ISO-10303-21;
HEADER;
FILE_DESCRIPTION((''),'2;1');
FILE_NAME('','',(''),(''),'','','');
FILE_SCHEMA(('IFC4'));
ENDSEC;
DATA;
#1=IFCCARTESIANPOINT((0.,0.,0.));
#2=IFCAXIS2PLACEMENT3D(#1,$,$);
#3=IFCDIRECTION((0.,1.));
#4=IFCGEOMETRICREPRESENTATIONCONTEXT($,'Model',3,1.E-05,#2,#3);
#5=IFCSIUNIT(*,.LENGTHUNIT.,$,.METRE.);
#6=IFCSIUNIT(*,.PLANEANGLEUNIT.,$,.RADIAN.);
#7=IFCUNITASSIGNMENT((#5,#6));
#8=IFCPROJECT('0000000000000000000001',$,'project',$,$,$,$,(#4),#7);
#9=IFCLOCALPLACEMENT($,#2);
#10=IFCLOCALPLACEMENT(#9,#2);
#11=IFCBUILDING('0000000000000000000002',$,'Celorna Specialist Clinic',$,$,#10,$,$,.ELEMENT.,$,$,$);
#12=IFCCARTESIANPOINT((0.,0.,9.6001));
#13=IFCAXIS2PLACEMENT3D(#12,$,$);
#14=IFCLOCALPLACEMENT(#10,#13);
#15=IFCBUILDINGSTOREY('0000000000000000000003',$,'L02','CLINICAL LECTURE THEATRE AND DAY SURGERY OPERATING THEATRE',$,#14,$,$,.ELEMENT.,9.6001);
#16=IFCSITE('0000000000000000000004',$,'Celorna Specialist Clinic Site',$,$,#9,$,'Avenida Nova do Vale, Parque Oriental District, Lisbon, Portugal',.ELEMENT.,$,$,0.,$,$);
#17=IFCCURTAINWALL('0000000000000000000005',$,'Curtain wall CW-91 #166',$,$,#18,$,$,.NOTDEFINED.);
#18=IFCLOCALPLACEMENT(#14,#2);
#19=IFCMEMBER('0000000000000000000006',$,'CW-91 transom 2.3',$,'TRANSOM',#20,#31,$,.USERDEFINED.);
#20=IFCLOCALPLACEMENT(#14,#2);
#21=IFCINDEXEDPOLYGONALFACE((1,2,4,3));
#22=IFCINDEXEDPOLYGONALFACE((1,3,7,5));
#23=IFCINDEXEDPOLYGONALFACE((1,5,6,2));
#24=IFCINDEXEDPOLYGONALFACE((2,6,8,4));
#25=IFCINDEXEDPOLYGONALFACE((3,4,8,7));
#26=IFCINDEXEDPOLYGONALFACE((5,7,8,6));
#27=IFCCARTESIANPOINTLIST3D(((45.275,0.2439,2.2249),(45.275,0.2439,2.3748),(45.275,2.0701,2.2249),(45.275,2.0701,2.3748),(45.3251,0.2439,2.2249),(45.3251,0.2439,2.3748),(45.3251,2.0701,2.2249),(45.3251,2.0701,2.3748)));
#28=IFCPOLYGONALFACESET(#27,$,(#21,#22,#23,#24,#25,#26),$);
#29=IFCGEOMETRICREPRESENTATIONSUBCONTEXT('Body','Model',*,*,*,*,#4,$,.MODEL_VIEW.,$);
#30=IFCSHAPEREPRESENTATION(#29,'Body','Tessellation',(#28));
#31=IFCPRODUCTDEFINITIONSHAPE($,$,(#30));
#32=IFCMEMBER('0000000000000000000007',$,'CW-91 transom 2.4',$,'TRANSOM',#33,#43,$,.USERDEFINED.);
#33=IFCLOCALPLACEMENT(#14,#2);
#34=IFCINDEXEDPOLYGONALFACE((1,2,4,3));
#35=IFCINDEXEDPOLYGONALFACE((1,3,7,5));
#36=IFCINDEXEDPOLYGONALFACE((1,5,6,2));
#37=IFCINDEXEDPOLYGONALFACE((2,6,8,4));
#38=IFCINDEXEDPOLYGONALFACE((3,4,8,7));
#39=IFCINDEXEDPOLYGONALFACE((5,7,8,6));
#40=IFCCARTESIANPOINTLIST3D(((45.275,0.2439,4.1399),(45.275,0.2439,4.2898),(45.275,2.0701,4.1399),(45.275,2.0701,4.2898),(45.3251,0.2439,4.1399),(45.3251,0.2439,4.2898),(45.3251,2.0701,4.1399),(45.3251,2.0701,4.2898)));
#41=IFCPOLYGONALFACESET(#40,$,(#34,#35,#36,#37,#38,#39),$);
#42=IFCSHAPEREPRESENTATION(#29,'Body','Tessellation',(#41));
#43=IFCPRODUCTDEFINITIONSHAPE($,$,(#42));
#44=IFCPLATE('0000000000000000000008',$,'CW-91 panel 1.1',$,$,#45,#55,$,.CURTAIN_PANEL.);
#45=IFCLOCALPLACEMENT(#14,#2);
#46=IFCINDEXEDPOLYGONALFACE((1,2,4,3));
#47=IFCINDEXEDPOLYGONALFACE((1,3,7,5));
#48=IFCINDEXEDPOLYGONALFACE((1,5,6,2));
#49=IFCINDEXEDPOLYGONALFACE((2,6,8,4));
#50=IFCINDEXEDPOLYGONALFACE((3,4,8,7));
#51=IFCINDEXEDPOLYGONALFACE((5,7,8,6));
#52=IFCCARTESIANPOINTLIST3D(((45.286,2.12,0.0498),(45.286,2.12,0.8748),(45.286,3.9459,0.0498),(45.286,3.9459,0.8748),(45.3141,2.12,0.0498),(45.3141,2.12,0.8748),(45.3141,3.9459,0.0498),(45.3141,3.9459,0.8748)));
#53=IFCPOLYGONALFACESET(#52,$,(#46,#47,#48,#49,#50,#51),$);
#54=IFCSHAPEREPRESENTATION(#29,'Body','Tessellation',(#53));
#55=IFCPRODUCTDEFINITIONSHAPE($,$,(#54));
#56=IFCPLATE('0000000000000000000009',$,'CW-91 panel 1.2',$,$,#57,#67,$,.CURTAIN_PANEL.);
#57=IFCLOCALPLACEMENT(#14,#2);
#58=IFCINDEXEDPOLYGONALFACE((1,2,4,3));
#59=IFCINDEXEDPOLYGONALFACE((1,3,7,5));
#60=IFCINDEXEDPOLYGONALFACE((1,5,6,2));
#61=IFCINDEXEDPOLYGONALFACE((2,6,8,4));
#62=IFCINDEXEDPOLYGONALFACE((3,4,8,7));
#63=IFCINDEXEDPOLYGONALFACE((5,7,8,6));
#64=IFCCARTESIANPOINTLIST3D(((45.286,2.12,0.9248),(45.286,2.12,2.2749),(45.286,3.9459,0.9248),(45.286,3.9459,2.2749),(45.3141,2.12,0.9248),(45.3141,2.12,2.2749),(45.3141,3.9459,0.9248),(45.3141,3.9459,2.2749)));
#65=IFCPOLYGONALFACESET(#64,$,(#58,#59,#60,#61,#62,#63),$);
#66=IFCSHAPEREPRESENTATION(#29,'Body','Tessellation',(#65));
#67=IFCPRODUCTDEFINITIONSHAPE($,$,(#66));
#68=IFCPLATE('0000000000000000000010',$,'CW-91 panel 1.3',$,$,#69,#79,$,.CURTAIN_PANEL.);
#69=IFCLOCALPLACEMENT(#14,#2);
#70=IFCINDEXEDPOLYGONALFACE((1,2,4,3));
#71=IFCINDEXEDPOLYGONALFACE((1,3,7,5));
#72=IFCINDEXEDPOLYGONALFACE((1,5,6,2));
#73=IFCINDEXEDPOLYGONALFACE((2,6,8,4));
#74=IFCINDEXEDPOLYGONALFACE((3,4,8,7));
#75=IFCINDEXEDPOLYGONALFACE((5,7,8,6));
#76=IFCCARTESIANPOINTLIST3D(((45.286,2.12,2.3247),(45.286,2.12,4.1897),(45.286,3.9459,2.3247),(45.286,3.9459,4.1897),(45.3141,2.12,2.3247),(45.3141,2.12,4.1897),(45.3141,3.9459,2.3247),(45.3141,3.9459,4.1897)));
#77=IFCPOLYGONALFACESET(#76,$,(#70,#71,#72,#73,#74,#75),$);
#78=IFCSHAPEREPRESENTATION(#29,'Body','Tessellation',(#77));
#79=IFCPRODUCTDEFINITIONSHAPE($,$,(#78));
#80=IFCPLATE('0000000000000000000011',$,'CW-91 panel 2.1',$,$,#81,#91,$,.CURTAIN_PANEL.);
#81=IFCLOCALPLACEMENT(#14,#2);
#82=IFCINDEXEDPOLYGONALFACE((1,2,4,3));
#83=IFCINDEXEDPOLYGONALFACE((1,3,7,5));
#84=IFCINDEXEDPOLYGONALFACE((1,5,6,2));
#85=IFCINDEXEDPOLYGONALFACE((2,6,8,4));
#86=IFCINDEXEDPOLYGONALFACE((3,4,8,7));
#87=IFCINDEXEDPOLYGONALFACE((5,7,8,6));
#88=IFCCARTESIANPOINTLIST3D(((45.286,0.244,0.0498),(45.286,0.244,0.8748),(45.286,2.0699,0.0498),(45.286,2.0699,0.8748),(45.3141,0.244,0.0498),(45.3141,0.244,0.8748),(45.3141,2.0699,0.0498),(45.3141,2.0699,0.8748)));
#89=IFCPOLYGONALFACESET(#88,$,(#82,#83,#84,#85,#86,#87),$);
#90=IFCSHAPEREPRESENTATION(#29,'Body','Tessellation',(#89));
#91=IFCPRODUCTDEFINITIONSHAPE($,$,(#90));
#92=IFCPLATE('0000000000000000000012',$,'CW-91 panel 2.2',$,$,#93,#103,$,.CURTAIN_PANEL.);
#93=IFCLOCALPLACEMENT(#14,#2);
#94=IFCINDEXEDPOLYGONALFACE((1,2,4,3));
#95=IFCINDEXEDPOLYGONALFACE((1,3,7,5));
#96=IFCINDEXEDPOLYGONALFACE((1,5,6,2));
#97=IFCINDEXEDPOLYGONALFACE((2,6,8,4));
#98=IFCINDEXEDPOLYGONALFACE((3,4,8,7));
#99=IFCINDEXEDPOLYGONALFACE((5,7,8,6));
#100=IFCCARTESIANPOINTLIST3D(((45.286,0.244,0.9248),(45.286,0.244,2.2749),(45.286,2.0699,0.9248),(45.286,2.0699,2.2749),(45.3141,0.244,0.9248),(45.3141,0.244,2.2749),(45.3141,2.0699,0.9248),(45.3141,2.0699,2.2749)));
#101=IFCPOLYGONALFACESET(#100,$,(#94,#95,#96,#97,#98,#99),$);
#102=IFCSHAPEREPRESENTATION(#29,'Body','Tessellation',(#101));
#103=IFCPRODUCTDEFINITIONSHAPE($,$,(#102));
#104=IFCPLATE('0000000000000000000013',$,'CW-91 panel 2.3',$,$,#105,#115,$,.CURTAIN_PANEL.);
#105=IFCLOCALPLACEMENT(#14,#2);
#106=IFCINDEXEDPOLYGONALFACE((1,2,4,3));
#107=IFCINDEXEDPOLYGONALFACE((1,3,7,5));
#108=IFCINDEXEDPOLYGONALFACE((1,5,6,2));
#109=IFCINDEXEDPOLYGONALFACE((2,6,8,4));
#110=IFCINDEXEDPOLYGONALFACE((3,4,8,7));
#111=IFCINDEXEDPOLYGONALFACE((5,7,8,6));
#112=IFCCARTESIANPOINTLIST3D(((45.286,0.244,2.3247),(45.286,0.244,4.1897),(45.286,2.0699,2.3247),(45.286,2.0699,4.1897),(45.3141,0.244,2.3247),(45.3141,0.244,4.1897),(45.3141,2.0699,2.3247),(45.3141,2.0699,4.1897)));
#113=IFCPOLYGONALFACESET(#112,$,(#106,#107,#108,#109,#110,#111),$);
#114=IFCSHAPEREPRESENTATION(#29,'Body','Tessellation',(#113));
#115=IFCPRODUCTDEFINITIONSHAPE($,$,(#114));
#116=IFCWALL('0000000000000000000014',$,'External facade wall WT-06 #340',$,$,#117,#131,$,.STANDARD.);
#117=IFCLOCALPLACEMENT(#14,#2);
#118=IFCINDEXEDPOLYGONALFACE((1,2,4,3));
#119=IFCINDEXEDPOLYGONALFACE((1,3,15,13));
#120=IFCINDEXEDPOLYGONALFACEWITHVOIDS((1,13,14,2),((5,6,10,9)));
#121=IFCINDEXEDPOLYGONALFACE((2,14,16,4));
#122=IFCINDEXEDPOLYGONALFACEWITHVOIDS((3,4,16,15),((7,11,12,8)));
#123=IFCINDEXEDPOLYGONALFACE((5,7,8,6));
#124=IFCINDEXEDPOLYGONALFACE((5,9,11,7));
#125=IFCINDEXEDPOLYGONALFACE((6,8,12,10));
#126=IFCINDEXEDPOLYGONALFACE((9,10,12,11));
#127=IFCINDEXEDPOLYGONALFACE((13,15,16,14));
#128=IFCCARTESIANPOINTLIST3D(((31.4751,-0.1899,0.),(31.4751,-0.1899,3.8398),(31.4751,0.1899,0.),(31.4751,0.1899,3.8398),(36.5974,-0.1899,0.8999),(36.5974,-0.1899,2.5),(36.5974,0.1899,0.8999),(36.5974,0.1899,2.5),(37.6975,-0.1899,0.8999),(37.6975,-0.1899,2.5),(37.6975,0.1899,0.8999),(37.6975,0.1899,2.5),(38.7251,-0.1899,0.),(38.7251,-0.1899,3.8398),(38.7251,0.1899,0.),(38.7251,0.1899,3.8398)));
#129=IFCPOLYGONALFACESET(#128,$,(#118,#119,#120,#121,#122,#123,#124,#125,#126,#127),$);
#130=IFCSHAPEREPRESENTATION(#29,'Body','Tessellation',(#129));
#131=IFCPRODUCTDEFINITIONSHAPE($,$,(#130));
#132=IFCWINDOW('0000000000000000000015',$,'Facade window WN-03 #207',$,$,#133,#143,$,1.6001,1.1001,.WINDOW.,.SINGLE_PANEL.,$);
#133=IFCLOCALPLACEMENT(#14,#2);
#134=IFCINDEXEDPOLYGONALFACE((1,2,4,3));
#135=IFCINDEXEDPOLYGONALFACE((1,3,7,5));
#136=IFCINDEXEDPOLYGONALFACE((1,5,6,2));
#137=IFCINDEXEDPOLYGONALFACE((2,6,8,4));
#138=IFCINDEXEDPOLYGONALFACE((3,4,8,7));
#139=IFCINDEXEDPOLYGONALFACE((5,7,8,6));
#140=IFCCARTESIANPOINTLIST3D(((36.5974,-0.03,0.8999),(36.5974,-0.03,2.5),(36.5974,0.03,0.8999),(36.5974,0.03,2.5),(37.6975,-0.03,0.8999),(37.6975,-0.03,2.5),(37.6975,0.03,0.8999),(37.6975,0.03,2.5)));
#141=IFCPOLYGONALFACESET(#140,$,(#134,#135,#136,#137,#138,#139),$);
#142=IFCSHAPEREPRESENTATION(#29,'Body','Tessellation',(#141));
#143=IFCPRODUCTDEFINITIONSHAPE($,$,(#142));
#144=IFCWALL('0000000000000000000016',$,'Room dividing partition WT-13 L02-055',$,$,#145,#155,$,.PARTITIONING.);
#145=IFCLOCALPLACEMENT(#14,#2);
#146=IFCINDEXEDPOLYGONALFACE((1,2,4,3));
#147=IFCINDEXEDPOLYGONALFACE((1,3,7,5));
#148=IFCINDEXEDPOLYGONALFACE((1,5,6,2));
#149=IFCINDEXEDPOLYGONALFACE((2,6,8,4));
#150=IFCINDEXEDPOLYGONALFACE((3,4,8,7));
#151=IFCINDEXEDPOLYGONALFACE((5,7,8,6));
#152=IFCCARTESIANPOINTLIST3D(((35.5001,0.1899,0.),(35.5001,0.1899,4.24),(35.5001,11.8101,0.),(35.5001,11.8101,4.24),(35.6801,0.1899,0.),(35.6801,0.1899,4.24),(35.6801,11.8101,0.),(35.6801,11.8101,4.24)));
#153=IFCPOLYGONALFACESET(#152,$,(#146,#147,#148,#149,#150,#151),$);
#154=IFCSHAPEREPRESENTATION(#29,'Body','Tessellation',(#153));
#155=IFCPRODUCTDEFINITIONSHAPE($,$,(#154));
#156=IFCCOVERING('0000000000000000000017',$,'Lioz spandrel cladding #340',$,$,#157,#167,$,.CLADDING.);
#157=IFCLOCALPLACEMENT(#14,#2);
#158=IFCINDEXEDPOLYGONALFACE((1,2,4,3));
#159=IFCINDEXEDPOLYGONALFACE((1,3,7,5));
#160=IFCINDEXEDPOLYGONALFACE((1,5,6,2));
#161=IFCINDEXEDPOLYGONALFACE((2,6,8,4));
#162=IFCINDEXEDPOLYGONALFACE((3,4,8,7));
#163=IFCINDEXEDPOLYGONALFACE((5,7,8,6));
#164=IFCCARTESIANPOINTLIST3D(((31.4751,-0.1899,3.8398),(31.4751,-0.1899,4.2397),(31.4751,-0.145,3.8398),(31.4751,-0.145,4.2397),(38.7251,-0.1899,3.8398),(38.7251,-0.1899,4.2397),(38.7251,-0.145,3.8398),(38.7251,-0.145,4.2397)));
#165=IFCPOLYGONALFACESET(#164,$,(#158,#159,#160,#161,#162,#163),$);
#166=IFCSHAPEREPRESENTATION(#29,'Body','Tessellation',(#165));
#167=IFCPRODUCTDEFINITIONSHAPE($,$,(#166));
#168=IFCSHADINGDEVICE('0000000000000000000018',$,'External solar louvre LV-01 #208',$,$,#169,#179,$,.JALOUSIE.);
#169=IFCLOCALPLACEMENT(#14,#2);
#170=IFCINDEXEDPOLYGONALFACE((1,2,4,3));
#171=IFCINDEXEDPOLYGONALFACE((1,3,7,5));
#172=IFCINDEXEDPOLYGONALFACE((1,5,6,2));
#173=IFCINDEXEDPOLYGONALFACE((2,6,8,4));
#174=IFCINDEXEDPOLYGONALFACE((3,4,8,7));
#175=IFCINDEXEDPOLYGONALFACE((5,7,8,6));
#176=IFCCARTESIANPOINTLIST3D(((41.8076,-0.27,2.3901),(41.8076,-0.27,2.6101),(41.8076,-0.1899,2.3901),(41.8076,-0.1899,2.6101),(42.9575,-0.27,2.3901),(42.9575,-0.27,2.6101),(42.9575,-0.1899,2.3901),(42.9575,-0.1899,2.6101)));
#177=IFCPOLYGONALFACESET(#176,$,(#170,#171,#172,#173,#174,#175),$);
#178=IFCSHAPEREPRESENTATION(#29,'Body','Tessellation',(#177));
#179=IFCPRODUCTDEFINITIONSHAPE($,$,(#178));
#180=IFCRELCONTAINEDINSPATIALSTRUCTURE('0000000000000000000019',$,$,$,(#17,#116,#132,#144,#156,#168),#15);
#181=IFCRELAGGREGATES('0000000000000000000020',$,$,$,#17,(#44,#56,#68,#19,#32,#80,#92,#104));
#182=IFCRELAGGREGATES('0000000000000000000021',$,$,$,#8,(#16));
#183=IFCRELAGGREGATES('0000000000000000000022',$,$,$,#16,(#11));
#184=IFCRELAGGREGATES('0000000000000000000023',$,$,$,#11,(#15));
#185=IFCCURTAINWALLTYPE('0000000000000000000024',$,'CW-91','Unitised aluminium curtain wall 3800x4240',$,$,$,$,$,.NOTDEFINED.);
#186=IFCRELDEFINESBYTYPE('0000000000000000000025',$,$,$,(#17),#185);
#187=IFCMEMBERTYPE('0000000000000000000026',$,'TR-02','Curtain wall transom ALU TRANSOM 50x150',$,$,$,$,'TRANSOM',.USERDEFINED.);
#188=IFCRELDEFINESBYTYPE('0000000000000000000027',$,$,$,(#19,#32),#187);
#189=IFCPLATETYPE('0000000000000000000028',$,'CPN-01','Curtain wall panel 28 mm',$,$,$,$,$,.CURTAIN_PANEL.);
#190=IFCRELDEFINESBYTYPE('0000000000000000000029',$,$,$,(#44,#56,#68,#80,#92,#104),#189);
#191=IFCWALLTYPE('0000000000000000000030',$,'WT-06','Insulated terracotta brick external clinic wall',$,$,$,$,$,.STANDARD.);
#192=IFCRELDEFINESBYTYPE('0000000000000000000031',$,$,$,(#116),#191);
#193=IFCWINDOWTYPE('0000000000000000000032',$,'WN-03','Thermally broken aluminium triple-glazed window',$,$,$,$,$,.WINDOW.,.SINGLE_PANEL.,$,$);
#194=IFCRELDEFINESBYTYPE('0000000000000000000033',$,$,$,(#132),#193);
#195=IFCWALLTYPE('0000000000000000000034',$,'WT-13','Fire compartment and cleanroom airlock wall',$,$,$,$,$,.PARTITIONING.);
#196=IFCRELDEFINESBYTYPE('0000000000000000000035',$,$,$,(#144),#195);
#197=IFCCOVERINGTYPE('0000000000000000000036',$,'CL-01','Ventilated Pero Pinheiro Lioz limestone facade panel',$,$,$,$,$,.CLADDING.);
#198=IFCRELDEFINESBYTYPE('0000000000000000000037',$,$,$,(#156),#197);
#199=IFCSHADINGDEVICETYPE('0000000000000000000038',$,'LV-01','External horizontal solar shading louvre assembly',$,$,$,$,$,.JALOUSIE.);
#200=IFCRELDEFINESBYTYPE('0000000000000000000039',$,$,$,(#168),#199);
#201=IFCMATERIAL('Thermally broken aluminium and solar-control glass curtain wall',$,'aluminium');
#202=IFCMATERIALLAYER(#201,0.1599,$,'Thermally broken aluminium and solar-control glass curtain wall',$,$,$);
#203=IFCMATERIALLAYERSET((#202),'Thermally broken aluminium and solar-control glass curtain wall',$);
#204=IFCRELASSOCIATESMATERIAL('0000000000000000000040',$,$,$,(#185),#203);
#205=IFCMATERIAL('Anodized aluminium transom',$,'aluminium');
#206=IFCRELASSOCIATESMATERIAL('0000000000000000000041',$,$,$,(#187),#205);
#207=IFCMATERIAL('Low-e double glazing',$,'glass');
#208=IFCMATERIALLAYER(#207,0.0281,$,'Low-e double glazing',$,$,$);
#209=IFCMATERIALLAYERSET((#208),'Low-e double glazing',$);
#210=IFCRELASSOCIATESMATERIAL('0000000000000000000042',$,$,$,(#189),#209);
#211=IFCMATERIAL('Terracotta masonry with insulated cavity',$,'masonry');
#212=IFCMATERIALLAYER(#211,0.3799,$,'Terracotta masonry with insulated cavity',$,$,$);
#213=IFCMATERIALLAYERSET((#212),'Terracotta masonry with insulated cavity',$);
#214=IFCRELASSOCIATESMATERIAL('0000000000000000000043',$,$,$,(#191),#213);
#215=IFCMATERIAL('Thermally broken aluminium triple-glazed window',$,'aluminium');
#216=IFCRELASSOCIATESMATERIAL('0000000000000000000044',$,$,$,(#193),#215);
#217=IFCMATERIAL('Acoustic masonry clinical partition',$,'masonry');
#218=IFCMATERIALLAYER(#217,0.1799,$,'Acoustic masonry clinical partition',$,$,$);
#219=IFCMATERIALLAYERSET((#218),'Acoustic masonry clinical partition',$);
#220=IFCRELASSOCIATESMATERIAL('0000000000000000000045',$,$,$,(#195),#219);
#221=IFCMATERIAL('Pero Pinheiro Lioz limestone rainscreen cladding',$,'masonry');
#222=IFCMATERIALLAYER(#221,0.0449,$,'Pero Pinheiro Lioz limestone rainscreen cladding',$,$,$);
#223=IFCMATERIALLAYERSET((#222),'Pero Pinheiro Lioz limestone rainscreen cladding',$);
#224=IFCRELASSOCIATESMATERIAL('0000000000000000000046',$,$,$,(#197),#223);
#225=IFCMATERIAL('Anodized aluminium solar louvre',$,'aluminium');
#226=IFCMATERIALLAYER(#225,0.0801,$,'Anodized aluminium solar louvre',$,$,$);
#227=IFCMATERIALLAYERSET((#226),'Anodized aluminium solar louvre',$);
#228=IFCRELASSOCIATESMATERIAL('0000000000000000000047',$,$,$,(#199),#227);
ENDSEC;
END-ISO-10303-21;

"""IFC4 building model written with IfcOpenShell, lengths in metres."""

from ifc_helpers import new_model, si_unit, direction, frame, frame_2d, origin, origin_2d, place, context, subcontext, project, spatial, rectangle, extrude, material, layer, layer_set, material_profile, profile_set, type_object, element, fill, aggregate, save


model = new_model("IFC4")

# Units and contexts
model_context = context("Model", 3, precision=1e-05, world=origin(), true_north=direction((0.0, 1.0)))
body_context = subcontext(model_context, "Body", "Model", "MODEL_VIEW")
ifc_project = project(units=[si_unit("LENGTHUNIT", "METRE"), si_unit("PLANEANGLEUNIT", "RADIAN")], contexts=[model_context])

# Site, building, storey
site_placement = place(None, origin())
site = spatial("IfcSite", under=ifc_project, at=site_placement, Name="Celorna Specialist Clinic Site", LongName="Avenida Nova do Vale, Parque Oriental District, Lisbon, Portugal", CompositionType="ELEMENT", RefElevation=0.0)
building_placement = place(site_placement, origin())
building = spatial("IfcBuilding", under=site, at=building_placement, Name="Celorna Specialist Clinic", CompositionType="ELEMENT")
storey_placement = place(building_placement, frame((0.0, 0.0, 9.6001)))
storey = spatial("IfcBuildingStorey", under=building, at=storey_placement, Name="L02", Description="CLINICAL LECTURE THEATRE AND DAY SURGERY OPERATING THEATRE", CompositionType="ELEMENT", Elevation=9.6001)

# Curtain wall, members, plates
ifc_material_1 = material(Name="Thermally broken aluminium and solar-control glass curtain wall", Category="aluminium")
ifc_layer_1 = layer(ifc_material_1, 0.1599, Name="Thermally broken aluminium and solar-control glass curtain wall")
ifc_layer_set_1 = layer_set([ifc_layer_1], Name="Thermally broken aluminium and solar-control glass curtain wall")
curtain_wall_type = type_object("IfcCurtainWallType", Name="CW-91", Description="Unitised aluminium curtain wall 3800x4240", PredefinedType="NOTDEFINED", material=ifc_layer_set_1)
curtain_wall_placement = place(storey_placement, origin())
curtain_wall = element("IfcCurtainWall", 1, at=curtain_wall_placement, inside=storey, type_object=curtain_wall_type, Name="Curtain wall CW-91 #166", PredefinedType="NOTDEFINED")
ifc_material_2 = material(Name="Anodized aluminium transom", Category="aluminium")
ifc_material_profile_1 = material_profile(ifc_material_2, rectangle(XDim=0.05, YDim=0.1499, at=origin_2d()), Name="ALU TRANSOM 50x150")
ifc_profile_set_1 = profile_set([ifc_material_profile_1], Name="Anodized aluminium transom")
member_type_1 = type_object("IfcMemberType", Name="TR-02", Description="Curtain wall transom ALU TRANSOM 50x150", ElementType="TRANSOM", PredefinedType="USERDEFINED", material=ifc_profile_set_1)
member_1_placement = place(storey_placement, frame((45.3, 2.0701, 2.2998), z_axis=(0.0, -1.0, 0.0), x_axis=(1.0, 0.0, 0.0)))
member_1 = element("IfcMember", 2, at=member_1_placement, type_object=member_type_1, Name="CW-91 transom 2.3", ObjectType="TRANSOM", PredefinedType="USERDEFINED", context=body_context, shape_type="SweptSolid", body=[
    extrude(rectangle(XDim=0.05, YDim=0.1499, at=origin_2d()), origin(), (0.0, 0.0, 1.0), 1.8262),
])
member_2_placement = place(storey_placement, frame((45.3, 2.0701, 4.2148), z_axis=(0.0, -1.0, 0.0), x_axis=(1.0, 0.0, 0.0)))
member_2 = element("IfcMember", 3, at=member_2_placement, type_object=member_type_1, Name="CW-91 transom 2.4", ObjectType="TRANSOM", PredefinedType="USERDEFINED", context=body_context, shape_type="SweptSolid", body=[
    extrude(rectangle(XDim=0.05, YDim=0.1499, at=origin_2d()), origin(), (0.0, 0.0, 1.0), 1.8262),
])
ifc_material_3 = material(Name="Low-e double glazing", Category="glass")
ifc_layer_2 = layer(ifc_material_3, 0.0281, Name="Low-e double glazing")
ifc_layer_set_2 = layer_set([ifc_layer_2], Name="Low-e double glazing")
plate_type = type_object("IfcPlateType", Name="CPN-01", Description="Curtain wall panel 28 mm", PredefinedType="CURTAIN_PANEL", material=ifc_layer_set_2)
plate_1_placement = place(storey_placement, frame((45.3, 3.033, 0.0498), z_axis=(0.0, 0.0, 1.0), x_axis=(0.0, -1.0, 0.0)))
plate_1 = element("IfcPlate", 4, at=plate_1_placement, type_object=plate_type, Name="CW-91 panel 1.1", PredefinedType="CURTAIN_PANEL", context=body_context, shape_type="SweptSolid", body=[
    extrude(rectangle(XDim=1.8259, YDim=0.0281, at=origin_2d()), origin(), (0.0, 0.0, 1.0), 0.825),
])
plate_2_placement = place(storey_placement, frame((45.3, 3.033, 0.9248), z_axis=(0.0, 0.0, 1.0), x_axis=(0.0, -1.0, 0.0)))
plate_2 = element("IfcPlate", 5, at=plate_2_placement, type_object=plate_type, Name="CW-91 panel 1.2", PredefinedType="CURTAIN_PANEL", context=body_context, shape_type="SweptSolid", body=[
    extrude(rectangle(XDim=1.8259, YDim=0.0281, at=origin_2d()), origin(), (0.0, 0.0, 1.0), 1.3501),
])
plate_3_placement = place(storey_placement, frame((45.3, 3.033, 2.3247), z_axis=(0.0, 0.0, 1.0), x_axis=(0.0, -1.0, 0.0)))
plate_3 = element("IfcPlate", 6, at=plate_3_placement, type_object=plate_type, Name="CW-91 panel 1.3", PredefinedType="CURTAIN_PANEL", context=body_context, shape_type="SweptSolid", body=[
    extrude(rectangle(XDim=1.8259, YDim=0.0281, at=origin_2d()), origin(), (0.0, 0.0, 1.0), 1.865),
])
plate_4_placement = place(storey_placement, frame((45.3, 1.157, 0.0498), z_axis=(0.0, 0.0, 1.0), x_axis=(0.0, -1.0, 0.0)))
plate_4 = element("IfcPlate", 7, at=plate_4_placement, type_object=plate_type, Name="CW-91 panel 2.1", PredefinedType="CURTAIN_PANEL", context=body_context, shape_type="SweptSolid", body=[
    extrude(rectangle(XDim=1.8259, YDim=0.0281, at=origin_2d()), origin(), (0.0, 0.0, 1.0), 0.825),
])
plate_5_placement = place(storey_placement, frame((45.3, 1.157, 0.9248), z_axis=(0.0, 0.0, 1.0), x_axis=(0.0, -1.0, 0.0)))
plate_5 = element("IfcPlate", 8, at=plate_5_placement, type_object=plate_type, Name="CW-91 panel 2.2", PredefinedType="CURTAIN_PANEL", context=body_context, shape_type="SweptSolid", body=[
    extrude(rectangle(XDim=1.8259, YDim=0.0281, at=origin_2d()), origin(), (0.0, 0.0, 1.0), 1.3501),
])
plate_6_placement = place(storey_placement, frame((45.3, 1.157, 2.3247), z_axis=(0.0, 0.0, 1.0), x_axis=(0.0, -1.0, 0.0)))
plate_6 = element("IfcPlate", 9, at=plate_6_placement, type_object=plate_type, Name="CW-91 panel 2.3", PredefinedType="CURTAIN_PANEL", context=body_context, shape_type="SweptSolid", body=[
    extrude(rectangle(XDim=1.8259, YDim=0.0281, at=origin_2d()), origin(), (0.0, 0.0, 1.0), 1.865),
])
aggregate(curtain_wall, [plate_1, plate_2, plate_3, member_1, member_2, plate_4, plate_5, plate_6])

# Wall, opening, window
ifc_material_4 = material(Name="Terracotta masonry with insulated cavity", Category="masonry")
ifc_layer_3 = layer(ifc_material_4, 0.3799, Name="Terracotta masonry with insulated cavity")
ifc_layer_set_3 = layer_set([ifc_layer_3], Name="Terracotta masonry with insulated cavity")
wall_type_1 = type_object("IfcWallType", Name="WT-06", Description="Insulated terracotta brick external clinic wall", PredefinedType="STANDARD", material=ifc_layer_set_3)
wall_1_placement = place(storey_placement, frame((38.7251, 0.0, 0.0), z_axis=(0.0, 0.0, 1.0), x_axis=(-1.0, 0.0, 0.0)))
wall_1 = element("IfcWall", 10, at=wall_1_placement, inside=storey, type_object=wall_type_1, Name="External facade wall WT-06 #340", PredefinedType="STANDARD", context=body_context, shape_type="SweptSolid", body=[
    extrude(rectangle(XDim=7.25, YDim=0.3799, at=frame_2d((3.625, 0.0))), origin(), (0.0, 0.0, 1.0), 3.8398),
])
opening_placement = place(wall_1_placement, frame((1.0276, 0.0, 0.8999)))
opening = element("IfcOpeningElement", 11, at=opening_placement, cuts=wall_1, PredefinedType="OPENING", context=body_context, shape_type="SweptSolid", body=[
    extrude(rectangle(XDim=1.1001, YDim=1.6001, at=frame_2d((0.55, 0.8))), frame((0.0, 0.2, 0.0), z_axis=(0.0, -1.0, 0.0), x_axis=(1.0, 0.0, 0.0)), (0.0, 0.0, 1.0), 0.3999),
])
ifc_material_5 = material(Name="Thermally broken aluminium triple-glazed window", Category="aluminium")
window_type = type_object("IfcWindowType", Name="WN-03", Description="Thermally broken aluminium triple-glazed window", PartitioningType="SINGLE_PANEL", PredefinedType="WINDOW", material=ifc_material_5)
window_placement = place(opening_placement, origin())
window = element("IfcWindow", 12, at=window_placement, inside=storey, type_object=window_type, Name="Facade window WN-03 #207", OverallHeight=1.6001, OverallWidth=1.1001, PartitioningType="SINGLE_PANEL", PredefinedType="WINDOW", context=body_context, shape_type="SweptSolid", body=[
    extrude(rectangle(XDim=1.1001, YDim=1.6001, at=frame_2d((0.55, 0.8))), frame((0.0, 0.03, 0.0), z_axis=(0.0, -1.0, 0.0), x_axis=(1.0, 0.0, 0.0)), (0.0, 0.0, 1.0), 0.0601),
])
fill(opening, window)

# Wall
ifc_material_6 = material(Name="Acoustic masonry clinical partition", Category="masonry")
ifc_layer_4 = layer(ifc_material_6, 0.1799, Name="Acoustic masonry clinical partition")
ifc_layer_set_4 = layer_set([ifc_layer_4], Name="Acoustic masonry clinical partition")
wall_type_2 = type_object("IfcWallType", Name="WT-13", Description="Fire compartment and cleanroom airlock wall", PredefinedType="PARTITIONING", material=ifc_layer_set_4)
wall_2_placement = place(storey_placement, frame((35.5901, 0.1899, 0.0), z_axis=(0.0, 0.0, 1.0), x_axis=(0.0, 1.0, 0.0)))
element("IfcWall", 13, at=wall_2_placement, inside=storey, type_object=wall_type_2, Name="Room dividing partition WT-13 L02-055", PredefinedType="PARTITIONING", context=body_context, shape_type="SweptSolid", body=[
    extrude(rectangle(XDim=11.6201, YDim=0.1799, at=frame_2d((5.8101, 0.0))), origin(), (0.0, 0.0, 1.0), 4.24),
])

# Covering
ifc_material_7 = material(Name="Pero Pinheiro Lioz limestone rainscreen cladding", Category="masonry")
ifc_layer_5 = layer(ifc_material_7, 0.0449, Name="Pero Pinheiro Lioz limestone rainscreen cladding")
ifc_layer_set_5 = layer_set([ifc_layer_5], Name="Pero Pinheiro Lioz limestone rainscreen cladding")
covering_type = type_object("IfcCoveringType", Name="CL-01", Description="Ventilated Pero Pinheiro Lioz limestone facade panel", PredefinedType="CLADDING", material=ifc_layer_set_5)
covering_placement = place(storey_placement, frame((35.1001, -0.1675, 3.8398), z_axis=(0.0, 0.0, 1.0), x_axis=(-1.0, 0.0, 0.0)))
element("IfcCovering", 14, at=covering_placement, inside=storey, type_object=covering_type, Name="Lioz spandrel cladding #340", PredefinedType="CLADDING", context=body_context, shape_type="SweptSolid", body=[
    extrude(rectangle(XDim=7.25, YDim=0.0449, at=origin_2d()), origin(), (0.0, 0.0, 1.0), 0.3999),
])

# Shading device
ifc_material_8 = material(Name="Anodized aluminium solar louvre", Category="aluminium")
ifc_layer_6 = layer(ifc_material_8, 0.0801, Name="Anodized aluminium solar louvre")
ifc_layer_set_6 = layer_set([ifc_layer_6], Name="Anodized aluminium solar louvre")
shading_device_type = type_object("IfcShadingDeviceType", Name="LV-01", Description="External horizontal solar shading louvre assembly", PredefinedType="JALOUSIE", material=ifc_layer_set_6)
shading_device_placement = place(storey_placement, frame((42.3826, -0.23, 2.3901), z_axis=(0.0, 0.0, 1.0), x_axis=(-1.0, 0.0, 0.0)))
element("IfcShadingDevice", 15, at=shading_device_placement, inside=storey, type_object=shading_device_type, Name="External solar louvre LV-01 #208", PredefinedType="JALOUSIE", context=body_context, shape_type="SweptSolid", body=[
    extrude(rectangle(XDim=1.1499, YDim=0.0801, at=origin_2d()), origin(), (0.0, 0.0, 1.0), 0.22),
])

save(model, "model.ifc")
